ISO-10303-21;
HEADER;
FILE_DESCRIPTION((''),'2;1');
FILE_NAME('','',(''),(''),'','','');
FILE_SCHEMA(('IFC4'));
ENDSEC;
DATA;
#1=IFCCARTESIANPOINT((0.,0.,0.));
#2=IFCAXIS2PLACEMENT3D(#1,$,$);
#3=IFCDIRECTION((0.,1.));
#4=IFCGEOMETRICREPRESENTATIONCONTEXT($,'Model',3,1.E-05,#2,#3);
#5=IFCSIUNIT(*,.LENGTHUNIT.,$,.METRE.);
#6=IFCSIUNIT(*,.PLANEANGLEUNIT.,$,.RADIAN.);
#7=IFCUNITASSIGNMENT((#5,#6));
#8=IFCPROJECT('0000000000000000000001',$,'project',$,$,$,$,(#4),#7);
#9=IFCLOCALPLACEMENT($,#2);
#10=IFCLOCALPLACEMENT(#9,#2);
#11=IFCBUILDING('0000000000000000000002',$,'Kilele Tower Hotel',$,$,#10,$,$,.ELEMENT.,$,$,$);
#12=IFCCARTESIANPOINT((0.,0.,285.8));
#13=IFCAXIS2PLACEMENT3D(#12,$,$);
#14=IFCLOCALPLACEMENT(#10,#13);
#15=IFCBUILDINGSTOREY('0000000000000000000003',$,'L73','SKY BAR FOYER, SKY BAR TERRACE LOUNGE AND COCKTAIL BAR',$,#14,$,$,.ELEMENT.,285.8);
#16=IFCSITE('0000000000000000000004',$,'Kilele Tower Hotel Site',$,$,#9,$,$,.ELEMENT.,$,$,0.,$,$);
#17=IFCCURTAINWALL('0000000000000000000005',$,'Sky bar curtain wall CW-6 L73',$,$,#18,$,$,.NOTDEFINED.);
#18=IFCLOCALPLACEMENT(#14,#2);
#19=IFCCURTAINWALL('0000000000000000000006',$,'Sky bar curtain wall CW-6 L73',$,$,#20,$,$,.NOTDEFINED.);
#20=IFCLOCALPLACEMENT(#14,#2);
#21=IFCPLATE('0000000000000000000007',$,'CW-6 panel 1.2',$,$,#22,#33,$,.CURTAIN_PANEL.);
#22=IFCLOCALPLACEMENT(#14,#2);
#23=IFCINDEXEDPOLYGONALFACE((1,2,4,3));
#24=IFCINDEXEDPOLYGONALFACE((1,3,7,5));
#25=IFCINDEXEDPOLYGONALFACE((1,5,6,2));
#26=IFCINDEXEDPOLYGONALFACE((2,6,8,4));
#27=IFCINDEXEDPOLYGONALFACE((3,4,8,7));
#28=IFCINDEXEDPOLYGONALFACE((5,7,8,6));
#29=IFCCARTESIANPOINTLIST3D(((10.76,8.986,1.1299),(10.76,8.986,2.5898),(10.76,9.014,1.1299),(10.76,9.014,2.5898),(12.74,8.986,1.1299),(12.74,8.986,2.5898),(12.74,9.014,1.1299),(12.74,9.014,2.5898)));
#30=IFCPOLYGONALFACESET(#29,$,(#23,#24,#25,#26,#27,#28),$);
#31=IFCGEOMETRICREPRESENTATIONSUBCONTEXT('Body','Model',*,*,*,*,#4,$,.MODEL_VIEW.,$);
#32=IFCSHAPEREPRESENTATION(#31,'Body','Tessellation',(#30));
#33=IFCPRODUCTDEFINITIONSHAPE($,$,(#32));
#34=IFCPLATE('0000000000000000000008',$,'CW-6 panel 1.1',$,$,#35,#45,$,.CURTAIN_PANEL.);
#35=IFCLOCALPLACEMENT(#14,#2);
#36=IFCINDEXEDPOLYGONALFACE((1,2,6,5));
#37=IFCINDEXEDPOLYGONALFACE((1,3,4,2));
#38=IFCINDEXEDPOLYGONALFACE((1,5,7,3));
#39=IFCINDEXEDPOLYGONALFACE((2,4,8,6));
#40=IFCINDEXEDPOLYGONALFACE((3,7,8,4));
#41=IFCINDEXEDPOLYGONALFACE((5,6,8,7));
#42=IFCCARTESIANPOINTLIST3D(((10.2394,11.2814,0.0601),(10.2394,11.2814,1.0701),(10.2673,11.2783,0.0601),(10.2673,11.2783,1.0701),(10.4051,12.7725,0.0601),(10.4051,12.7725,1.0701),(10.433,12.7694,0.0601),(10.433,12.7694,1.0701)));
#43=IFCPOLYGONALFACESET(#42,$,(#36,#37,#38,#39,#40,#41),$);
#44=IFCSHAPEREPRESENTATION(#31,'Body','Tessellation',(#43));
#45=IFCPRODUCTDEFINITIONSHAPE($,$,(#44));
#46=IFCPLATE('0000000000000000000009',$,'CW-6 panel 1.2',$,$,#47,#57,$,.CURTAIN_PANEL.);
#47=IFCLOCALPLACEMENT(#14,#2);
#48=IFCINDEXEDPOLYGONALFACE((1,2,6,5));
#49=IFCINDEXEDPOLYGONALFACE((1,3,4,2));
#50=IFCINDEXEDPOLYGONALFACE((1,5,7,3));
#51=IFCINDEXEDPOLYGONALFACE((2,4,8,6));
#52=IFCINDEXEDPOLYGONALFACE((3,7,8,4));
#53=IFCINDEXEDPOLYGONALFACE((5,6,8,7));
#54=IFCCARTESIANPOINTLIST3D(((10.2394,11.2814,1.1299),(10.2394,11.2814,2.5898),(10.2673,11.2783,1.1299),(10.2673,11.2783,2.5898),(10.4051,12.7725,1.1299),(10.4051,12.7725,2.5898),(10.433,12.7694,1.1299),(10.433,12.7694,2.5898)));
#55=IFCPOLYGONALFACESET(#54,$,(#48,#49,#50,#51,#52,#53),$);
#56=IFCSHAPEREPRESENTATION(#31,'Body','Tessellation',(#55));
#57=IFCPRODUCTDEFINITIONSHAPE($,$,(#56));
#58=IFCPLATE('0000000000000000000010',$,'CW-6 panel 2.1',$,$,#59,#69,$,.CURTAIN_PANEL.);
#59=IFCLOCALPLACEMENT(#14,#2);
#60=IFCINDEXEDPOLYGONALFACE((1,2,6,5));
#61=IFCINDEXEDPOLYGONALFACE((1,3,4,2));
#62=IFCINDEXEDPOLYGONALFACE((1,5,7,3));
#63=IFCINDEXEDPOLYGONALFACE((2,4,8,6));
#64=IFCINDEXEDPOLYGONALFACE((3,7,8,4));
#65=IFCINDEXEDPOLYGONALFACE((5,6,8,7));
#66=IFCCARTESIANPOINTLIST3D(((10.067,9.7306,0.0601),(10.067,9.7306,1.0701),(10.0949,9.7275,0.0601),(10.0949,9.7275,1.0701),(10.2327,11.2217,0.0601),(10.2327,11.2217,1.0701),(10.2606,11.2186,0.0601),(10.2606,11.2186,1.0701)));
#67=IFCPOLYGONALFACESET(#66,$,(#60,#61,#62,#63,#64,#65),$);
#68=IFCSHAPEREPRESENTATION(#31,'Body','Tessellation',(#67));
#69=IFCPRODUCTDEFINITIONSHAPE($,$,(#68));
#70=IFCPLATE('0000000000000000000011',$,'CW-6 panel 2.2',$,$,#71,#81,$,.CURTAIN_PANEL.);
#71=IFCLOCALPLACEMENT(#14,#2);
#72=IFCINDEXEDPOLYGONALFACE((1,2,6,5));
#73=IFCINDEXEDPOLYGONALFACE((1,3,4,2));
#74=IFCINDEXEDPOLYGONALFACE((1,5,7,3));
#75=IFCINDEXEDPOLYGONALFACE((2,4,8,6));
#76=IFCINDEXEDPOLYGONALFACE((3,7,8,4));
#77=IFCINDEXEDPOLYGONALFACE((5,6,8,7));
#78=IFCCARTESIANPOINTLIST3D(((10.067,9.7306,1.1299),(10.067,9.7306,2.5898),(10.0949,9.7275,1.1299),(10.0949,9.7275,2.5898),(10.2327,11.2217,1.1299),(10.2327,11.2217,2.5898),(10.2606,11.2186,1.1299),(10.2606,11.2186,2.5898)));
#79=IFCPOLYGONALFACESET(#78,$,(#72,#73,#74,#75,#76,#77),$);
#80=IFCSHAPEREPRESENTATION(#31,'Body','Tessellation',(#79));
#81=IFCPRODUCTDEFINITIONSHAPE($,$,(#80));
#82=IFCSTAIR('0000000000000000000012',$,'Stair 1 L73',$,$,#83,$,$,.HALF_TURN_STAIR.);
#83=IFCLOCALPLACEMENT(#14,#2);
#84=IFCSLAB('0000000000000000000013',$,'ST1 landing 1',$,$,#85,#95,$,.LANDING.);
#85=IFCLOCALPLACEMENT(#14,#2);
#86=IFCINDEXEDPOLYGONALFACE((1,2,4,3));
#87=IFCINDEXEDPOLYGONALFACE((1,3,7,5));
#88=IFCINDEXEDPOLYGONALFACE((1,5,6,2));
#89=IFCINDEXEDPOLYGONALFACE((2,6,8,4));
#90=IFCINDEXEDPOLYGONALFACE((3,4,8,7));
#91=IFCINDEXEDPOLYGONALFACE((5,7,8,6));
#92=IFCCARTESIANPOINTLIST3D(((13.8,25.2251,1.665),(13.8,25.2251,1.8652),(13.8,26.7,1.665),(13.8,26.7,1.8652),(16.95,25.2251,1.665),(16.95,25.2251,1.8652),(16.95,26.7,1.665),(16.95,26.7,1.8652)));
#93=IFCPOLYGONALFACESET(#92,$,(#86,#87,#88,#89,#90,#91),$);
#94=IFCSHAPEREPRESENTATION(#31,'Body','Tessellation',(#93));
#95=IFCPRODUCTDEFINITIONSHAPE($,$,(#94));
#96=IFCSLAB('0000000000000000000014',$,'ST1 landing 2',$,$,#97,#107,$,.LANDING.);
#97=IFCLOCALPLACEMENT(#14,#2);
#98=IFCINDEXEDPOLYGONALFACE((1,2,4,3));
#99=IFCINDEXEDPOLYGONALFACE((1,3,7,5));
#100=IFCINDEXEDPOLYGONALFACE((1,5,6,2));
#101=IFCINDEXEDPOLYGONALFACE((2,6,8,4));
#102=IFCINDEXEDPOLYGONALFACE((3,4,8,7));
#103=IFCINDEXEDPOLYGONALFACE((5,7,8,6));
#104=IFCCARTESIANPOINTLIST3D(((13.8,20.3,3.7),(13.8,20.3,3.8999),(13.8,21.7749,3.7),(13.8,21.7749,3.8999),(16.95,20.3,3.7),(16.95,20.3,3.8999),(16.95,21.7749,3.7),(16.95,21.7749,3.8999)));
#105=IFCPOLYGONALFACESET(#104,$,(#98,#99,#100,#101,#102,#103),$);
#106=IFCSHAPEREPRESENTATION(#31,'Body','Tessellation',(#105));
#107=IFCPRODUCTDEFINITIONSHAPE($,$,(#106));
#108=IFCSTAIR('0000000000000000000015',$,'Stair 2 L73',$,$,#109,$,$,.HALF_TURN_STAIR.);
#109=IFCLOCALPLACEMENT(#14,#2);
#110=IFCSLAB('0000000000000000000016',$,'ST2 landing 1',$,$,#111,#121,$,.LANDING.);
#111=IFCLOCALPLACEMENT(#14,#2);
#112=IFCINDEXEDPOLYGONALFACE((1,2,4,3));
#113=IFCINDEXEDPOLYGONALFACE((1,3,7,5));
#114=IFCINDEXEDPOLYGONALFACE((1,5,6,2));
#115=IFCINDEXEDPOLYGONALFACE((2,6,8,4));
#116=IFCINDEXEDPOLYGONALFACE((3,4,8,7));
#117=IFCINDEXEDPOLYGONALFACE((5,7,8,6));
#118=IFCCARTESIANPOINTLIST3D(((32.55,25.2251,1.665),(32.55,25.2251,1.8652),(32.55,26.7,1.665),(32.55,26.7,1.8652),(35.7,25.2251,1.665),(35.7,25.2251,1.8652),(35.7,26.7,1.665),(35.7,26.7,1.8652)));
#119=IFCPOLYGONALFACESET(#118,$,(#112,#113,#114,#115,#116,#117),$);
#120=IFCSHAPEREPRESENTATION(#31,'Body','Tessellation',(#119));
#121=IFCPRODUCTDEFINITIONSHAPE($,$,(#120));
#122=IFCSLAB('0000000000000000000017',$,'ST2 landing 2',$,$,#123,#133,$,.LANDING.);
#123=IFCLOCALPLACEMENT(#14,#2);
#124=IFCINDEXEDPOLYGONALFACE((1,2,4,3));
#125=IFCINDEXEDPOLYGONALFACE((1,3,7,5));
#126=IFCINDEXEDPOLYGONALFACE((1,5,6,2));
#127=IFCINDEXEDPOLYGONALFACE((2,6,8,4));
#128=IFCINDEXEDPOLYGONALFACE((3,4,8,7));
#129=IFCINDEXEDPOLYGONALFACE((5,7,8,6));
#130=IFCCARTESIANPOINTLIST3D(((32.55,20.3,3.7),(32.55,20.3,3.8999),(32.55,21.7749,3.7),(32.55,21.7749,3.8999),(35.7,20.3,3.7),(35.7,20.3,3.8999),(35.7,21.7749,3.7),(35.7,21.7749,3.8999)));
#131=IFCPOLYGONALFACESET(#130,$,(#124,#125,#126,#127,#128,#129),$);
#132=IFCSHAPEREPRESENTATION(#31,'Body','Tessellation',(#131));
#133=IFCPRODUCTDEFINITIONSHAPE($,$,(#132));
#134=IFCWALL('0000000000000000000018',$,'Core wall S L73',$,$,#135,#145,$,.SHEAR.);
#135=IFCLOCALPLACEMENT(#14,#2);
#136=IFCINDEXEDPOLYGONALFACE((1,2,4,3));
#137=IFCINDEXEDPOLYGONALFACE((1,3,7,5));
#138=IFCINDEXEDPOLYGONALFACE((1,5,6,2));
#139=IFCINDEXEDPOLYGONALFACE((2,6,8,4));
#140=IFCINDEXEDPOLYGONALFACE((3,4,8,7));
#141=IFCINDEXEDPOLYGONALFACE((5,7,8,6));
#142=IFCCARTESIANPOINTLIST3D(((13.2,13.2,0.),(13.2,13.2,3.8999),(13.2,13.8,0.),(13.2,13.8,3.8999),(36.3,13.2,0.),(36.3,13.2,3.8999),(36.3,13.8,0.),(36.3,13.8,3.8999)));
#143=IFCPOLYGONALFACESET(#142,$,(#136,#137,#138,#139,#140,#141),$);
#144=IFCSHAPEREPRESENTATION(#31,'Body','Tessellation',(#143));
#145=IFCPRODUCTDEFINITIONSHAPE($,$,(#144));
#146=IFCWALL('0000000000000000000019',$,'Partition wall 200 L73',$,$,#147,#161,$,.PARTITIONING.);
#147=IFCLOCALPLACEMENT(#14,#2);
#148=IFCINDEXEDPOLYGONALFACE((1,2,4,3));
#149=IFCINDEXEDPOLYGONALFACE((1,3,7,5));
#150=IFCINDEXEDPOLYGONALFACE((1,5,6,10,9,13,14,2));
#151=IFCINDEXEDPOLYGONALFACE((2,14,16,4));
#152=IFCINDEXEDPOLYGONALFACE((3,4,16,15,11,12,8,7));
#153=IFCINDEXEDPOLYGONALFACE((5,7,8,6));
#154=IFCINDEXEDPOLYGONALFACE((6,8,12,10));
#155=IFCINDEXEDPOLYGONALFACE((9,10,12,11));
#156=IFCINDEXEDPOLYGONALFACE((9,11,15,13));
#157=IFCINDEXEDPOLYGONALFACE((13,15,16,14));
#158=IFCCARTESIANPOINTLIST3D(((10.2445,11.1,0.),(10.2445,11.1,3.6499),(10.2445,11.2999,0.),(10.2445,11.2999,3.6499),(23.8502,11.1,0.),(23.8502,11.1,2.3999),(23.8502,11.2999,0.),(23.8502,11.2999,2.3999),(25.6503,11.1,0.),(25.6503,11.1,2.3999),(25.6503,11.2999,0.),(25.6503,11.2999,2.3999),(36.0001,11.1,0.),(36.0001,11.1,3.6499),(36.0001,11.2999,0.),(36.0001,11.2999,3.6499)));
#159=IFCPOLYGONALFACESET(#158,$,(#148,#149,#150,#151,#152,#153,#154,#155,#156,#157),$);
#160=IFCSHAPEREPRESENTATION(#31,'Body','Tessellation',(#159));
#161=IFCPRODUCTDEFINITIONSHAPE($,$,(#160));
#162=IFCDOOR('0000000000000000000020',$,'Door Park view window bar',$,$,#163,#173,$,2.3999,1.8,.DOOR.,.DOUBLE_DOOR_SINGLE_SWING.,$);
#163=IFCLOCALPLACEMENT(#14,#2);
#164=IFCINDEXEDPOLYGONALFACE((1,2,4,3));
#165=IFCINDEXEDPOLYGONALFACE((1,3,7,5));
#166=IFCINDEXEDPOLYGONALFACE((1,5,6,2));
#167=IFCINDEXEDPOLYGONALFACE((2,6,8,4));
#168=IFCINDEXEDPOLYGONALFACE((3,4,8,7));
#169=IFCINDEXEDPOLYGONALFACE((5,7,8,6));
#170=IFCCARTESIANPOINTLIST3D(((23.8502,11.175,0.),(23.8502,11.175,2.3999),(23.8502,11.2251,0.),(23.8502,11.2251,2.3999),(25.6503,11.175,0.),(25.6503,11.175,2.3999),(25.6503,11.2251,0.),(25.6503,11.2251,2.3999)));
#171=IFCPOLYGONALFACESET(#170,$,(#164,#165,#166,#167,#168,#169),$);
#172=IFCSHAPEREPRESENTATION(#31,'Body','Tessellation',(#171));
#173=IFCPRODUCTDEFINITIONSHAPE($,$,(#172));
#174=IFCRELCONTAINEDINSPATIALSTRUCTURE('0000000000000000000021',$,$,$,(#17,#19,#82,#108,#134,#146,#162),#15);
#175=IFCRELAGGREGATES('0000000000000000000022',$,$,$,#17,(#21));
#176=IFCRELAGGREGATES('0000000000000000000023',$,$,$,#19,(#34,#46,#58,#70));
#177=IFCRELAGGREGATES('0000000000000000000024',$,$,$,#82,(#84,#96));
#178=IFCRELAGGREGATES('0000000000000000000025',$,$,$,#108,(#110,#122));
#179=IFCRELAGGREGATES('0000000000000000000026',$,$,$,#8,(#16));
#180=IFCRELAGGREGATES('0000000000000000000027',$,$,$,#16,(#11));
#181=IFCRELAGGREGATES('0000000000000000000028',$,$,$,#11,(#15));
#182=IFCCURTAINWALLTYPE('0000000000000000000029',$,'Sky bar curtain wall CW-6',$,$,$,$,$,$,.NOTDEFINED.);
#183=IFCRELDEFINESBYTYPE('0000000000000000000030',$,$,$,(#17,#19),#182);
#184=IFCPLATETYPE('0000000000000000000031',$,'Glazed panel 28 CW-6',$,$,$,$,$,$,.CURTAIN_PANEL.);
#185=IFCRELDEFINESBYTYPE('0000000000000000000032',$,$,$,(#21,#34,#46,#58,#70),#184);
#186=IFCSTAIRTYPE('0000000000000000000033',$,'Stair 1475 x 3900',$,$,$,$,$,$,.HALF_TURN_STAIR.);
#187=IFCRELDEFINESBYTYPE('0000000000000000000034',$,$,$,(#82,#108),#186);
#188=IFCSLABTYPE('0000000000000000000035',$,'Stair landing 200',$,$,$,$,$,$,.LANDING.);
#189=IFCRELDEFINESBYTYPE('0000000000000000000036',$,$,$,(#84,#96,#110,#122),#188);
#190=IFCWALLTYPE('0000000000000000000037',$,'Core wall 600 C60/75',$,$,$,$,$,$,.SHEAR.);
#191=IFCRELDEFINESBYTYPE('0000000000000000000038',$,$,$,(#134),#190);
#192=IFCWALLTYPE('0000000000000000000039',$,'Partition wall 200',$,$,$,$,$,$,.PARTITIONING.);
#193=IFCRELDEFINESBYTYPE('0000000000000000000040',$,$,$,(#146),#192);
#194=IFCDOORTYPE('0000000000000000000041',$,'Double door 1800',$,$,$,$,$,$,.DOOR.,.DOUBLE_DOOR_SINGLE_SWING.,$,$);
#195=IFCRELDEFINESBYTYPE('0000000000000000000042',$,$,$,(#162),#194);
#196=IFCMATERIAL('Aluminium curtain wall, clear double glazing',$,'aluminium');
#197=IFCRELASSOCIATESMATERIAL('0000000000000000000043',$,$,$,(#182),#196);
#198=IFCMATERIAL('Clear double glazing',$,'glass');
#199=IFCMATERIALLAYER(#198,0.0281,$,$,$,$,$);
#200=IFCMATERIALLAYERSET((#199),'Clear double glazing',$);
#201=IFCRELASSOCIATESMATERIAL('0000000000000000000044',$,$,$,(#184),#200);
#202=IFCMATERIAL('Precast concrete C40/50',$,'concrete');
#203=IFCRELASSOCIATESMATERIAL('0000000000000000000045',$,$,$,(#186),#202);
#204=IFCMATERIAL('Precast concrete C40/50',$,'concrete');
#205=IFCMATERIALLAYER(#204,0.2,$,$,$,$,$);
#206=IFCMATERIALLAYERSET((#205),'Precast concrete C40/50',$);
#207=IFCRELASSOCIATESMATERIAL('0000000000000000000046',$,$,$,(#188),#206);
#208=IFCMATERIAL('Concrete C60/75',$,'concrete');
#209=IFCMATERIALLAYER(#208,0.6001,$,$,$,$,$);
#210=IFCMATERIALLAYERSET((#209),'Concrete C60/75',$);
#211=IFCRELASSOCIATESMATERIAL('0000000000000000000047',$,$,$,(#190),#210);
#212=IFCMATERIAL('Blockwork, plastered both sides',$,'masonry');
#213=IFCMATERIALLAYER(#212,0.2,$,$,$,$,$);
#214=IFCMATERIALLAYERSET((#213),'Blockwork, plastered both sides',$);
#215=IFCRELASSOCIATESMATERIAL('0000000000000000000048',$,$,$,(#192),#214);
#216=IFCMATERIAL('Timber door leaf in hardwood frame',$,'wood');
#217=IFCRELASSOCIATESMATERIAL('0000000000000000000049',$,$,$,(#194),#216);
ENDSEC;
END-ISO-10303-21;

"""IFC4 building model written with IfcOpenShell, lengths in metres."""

from ifc_helpers import new_model, si_unit, direction, frame, frame_2d, origin, origin_2d, place, context, subcontext, project, spatial, polyline, rectangle, outline, extrude, material, layer, layer_set, type_object, element, fill, aggregate, save


model = new_model("IFC4")

# Units and contexts
model_context = context("Model", 3, precision=1e-05, world=origin(), true_north=direction((0.0, 1.0)))
body_context = subcontext(model_context, "Body", "Model", "MODEL_VIEW")
ifc_project = project(units=[si_unit("LENGTHUNIT", "METRE"), si_unit("PLANEANGLEUNIT", "RADIAN")], contexts=[model_context])

# Site, building, storey
site_placement = place(None, origin())
site = spatial("IfcSite", under=ifc_project, at=site_placement, Name="Kilele Tower Hotel Site", CompositionType="ELEMENT", RefElevation=0.0)
building_placement = place(site_placement, origin())
building = spatial("IfcBuilding", under=site, at=building_placement, Name="Kilele Tower Hotel", CompositionType="ELEMENT")
storey_placement = place(building_placement, frame((0.0, 0.0, 285.8)))
storey = spatial("IfcBuildingStorey", under=building, at=storey_placement, Name="L73", Description="SKY BAR FOYER, SKY BAR TERRACE LOUNGE AND COCKTAIL BAR", CompositionType="ELEMENT", Elevation=285.8)

# Curtain wall
ifc_material_1 = material(Name="Aluminium curtain wall, clear double glazing", Category="aluminium")
curtain_wall_type = type_object("IfcCurtainWallType", Name="Sky bar curtain wall CW-6", PredefinedType="NOTDEFINED", material=ifc_material_1)
curtain_wall_1_placement = place(storey_placement, origin())
curtain_wall_1 = element("IfcCurtainWall", 1, at=curtain_wall_1_placement, inside=storey, type_object=curtain_wall_type, Name="Sky bar curtain wall CW-6 L73", PredefinedType="NOTDEFINED")

# Curtain wall
curtain_wall_2_placement = place(storey_placement, origin())
curtain_wall_2 = element("IfcCurtainWall", 2, at=curtain_wall_2_placement, inside=storey, type_object=curtain_wall_type, Name="Sky bar curtain wall CW-6 L73", PredefinedType="NOTDEFINED")

# Plates
ifc_material_2 = material(Name="Clear double glazing", Category="glass")
ifc_layer_1 = layer(ifc_material_2, 0.0281)
ifc_layer_set_1 = layer_set([ifc_layer_1], Name="Clear double glazing")
plate_type = type_object("IfcPlateType", Name="Glazed panel 28 CW-6", PredefinedType="CURTAIN_PANEL", material=ifc_layer_set_1)
plate_1_placement = place(storey_placement, frame((11.75, 9.0, 1.1299), z_axis=(0.0, 0.0, 1.0), x_axis=(1.0, 0.0, 0.0)))
plate_1 = element("IfcPlate", 3, at=plate_1_placement, type_object=plate_type, Name="CW-6 panel 1.2", PredefinedType="CURTAIN_PANEL", context=body_context, shape_type="SweptSolid", body=[
    extrude(rectangle(XDim=1.98, YDim=0.0281, at=origin_2d()), origin(), (0.0, 0.0, 1.0), 1.46),
])
aggregate(curtain_wall_1, [plate_1])
plate_2_placement = place(storey_placement, frame((10.3362, 12.0254, 0.0601), z_axis=(0.0, 0.0, 1.0), x_axis=(-0.110432, -0.993884, 0.0)))
plate_2 = element("IfcPlate", 4, at=plate_2_placement, type_object=plate_type, Name="CW-6 panel 1.1", PredefinedType="CURTAIN_PANEL", context=body_context, shape_type="SweptSolid", body=[
    extrude(rectangle(XDim=1.5002, YDim=0.0281, at=origin_2d()), origin(), (0.0, 0.0, 1.0), 1.01),
])
plate_3_placement = place(storey_placement, frame((10.3362, 12.0254, 1.1299), z_axis=(0.0, 0.0, 1.0), x_axis=(-0.110432, -0.993884, 0.0)))
plate_3 = element("IfcPlate", 5, at=plate_3_placement, type_object=plate_type, Name="CW-6 panel 1.2", PredefinedType="CURTAIN_PANEL", context=body_context, shape_type="SweptSolid", body=[
    extrude(rectangle(XDim=1.5002, YDim=0.0281, at=origin_2d()), origin(), (0.0, 0.0, 1.0), 1.46),
])
plate_4_placement = place(storey_placement, frame((10.1638, 10.4746, 0.0601), z_axis=(0.0, 0.0, 1.0), x_axis=(-0.110432, -0.993884, 0.0)))
plate_4 = element("IfcPlate", 6, at=plate_4_placement, type_object=plate_type, Name="CW-6 panel 2.1", PredefinedType="CURTAIN_PANEL", context=body_context, shape_type="SweptSolid", body=[
    extrude(rectangle(XDim=1.5002, YDim=0.0281, at=origin_2d()), origin(), (0.0, 0.0, 1.0), 1.01),
])
plate_5_placement = place(storey_placement, frame((10.1638, 10.4746, 1.1299), z_axis=(0.0, 0.0, 1.0), x_axis=(-0.110432, -0.993884, 0.0)))
plate_5 = element("IfcPlate", 7, at=plate_5_placement, type_object=plate_type, Name="CW-6 panel 2.2", PredefinedType="CURTAIN_PANEL", context=body_context, shape_type="SweptSolid", body=[
    extrude(rectangle(XDim=1.5002, YDim=0.0281, at=origin_2d()), origin(), (0.0, 0.0, 1.0), 1.46),
])
aggregate(curtain_wall_2, [plate_2, plate_3, plate_4, plate_5])

# Stairs, slabs
ifc_material_3 = material(Name="Precast concrete C40/50", Category="concrete")
stair_type = type_object("IfcStairType", Name="Stair 1475 x 3900", PredefinedType="HALF_TURN_STAIR", material=ifc_material_3)
stair_1_placement = place(storey_placement, origin())
stair_1 = element("IfcStair", 8, at=stair_1_placement, inside=storey, type_object=stair_type, Name="Stair 1 L73", PredefinedType="HALF_TURN_STAIR")
ifc_material_4 = material(Name="Precast concrete C40/50", Category="concrete")
ifc_layer_2 = layer(ifc_material_4, 0.2)
ifc_layer_set_2 = layer_set([ifc_layer_2], Name="Precast concrete C40/50")
slab_type_1 = type_object("IfcSlabType", Name="Stair landing 200", PredefinedType="LANDING", material=ifc_layer_set_2)
slab_1_placement = place(storey_placement, frame((0.0, 0.0, 1.665)))
slab_1 = element("IfcSlab", 9, at=slab_1_placement, type_object=slab_type_1, Name="ST1 landing 1", PredefinedType="LANDING", context=body_context, shape_type="SweptSolid", body=[
    extrude(outline(polyline([(13.8, 25.2251), (16.95, 25.2251), (16.95, 26.7), (13.8, 26.7), (13.8, 25.2251)])), origin(), (0.0, 0.0, 1.0), 0.2002),
])
slab_2_placement = place(storey_placement, frame((0.0, 0.0, 3.7)))
slab_2 = element("IfcSlab", 10, at=slab_2_placement, type_object=slab_type_1, Name="ST1 landing 2", PredefinedType="LANDING", context=body_context, shape_type="SweptSolid", body=[
    extrude(outline(polyline([(13.8, 20.3), (16.95, 20.3), (16.95, 21.7749), (13.8, 21.7749), (13.8, 20.3)])), origin(), (0.0, 0.0, 1.0), 0.2),
])
aggregate(stair_1, [slab_1, slab_2])
stair_2_placement = place(storey_placement, origin())
stair_2 = element("IfcStair", 11, at=stair_2_placement, inside=storey, type_object=stair_type, Name="Stair 2 L73", PredefinedType="HALF_TURN_STAIR")
slab_3_placement = place(storey_placement, frame((0.0, 0.0, 1.665)))
slab_3 = element("IfcSlab", 12, at=slab_3_placement, type_object=slab_type_1, Name="ST2 landing 1", PredefinedType="LANDING", context=body_context, shape_type="SweptSolid", body=[
    extrude(outline(polyline([(32.55, 25.2251), (35.7, 25.2251), (35.7, 26.7), (32.55, 26.7), (32.55, 25.2251)])), origin(), (0.0, 0.0, 1.0), 0.2002),
])
slab_4_placement = place(storey_placement, frame((0.0, 0.0, 3.7)))
slab_4 = element("IfcSlab", 13, at=slab_4_placement, type_object=slab_type_1, Name="ST2 landing 2", PredefinedType="LANDING", context=body_context, shape_type="SweptSolid", body=[
    extrude(outline(polyline([(32.55, 20.3), (35.7, 20.3), (35.7, 21.7749), (32.55, 21.7749), (32.55, 20.3)])), origin(), (0.0, 0.0, 1.0), 0.2),
])
aggregate(stair_2, [slab_3, slab_4])

# Wall
ifc_material_5 = material(Name="Concrete C60/75", Category="concrete")
ifc_layer_3 = layer(ifc_material_5, 0.6001)
ifc_layer_set_3 = layer_set([ifc_layer_3], Name="Concrete C60/75")
wall_type_1 = type_object("IfcWallType", Name="Core wall 600 C60/75", PredefinedType="SHEAR", material=ifc_layer_set_3)
wall_1_placement = place(storey_placement, frame((13.2, 13.5, 0.0), z_axis=(0.0, 0.0, 1.0), x_axis=(1.0, 0.0, 0.0)))
element("IfcWall", 14, at=wall_1_placement, inside=storey, type_object=wall_type_1, Name="Core wall S L73", PredefinedType="SHEAR", context=body_context, shape_type="SweptSolid", body=[
    extrude(rectangle(XDim=23.1001, YDim=0.6001, at=frame_2d((11.55, 0.0))), origin(), (0.0, 0.0, 1.0), 3.8999),
])

# Wall, opening, door
ifc_material_6 = material(Name="Blockwork, plastered both sides", Category="masonry")
ifc_layer_4 = layer(ifc_material_6, 0.2)
ifc_layer_set_4 = layer_set([ifc_layer_4], Name="Blockwork, plastered both sides")
wall_type_2 = type_object("IfcWallType", Name="Partition wall 200", PredefinedType="PARTITIONING", material=ifc_layer_set_4)
wall_2_placement = place(storey_placement, frame((10.2444, 11.2, 0.0), z_axis=(0.0, 0.0, 1.0), x_axis=(1.0, 0.0, 0.0)))
wall_2 = element("IfcWall", 15, at=wall_2_placement, inside=storey, type_object=wall_type_2, Name="Partition wall 200 L73", PredefinedType="PARTITIONING", context=body_context, shape_type="SweptSolid", body=[
    extrude(rectangle(XDim=25.7556, YDim=0.2, at=frame_2d((12.8779, 0.0))), origin(), (0.0, 0.0, 1.0), 3.6499),
])
opening_placement = place(wall_2_placement, frame((15.4058, 0.0, 0.0), z_axis=(0.0, 0.0, 1.0), x_axis=(-1.0, 0.0, 0.0)))
opening = element("IfcOpeningElement", 16, at=opening_placement, cuts=wall_2, PredefinedType="OPENING", context=body_context, shape_type="SweptSolid", body=[
    extrude(rectangle(XDim=1.8, YDim=2.3999, at=frame_2d((0.8999, 1.2))), frame((0.0, 0.1099, 0.0), z_axis=(0.0, -1.0, 0.0), x_axis=(1.0, 0.0, 0.0)), (0.0, 0.0, 1.0), 0.22),
])
ifc_material_7 = material(Name="Timber door leaf in hardwood frame", Category="wood")
door_type = type_object("IfcDoorType", Name="Double door 1800", OperationType="DOUBLE_DOOR_SINGLE_SWING", PredefinedType="DOOR", material=ifc_material_7)
door_placement = place(opening_placement, origin())
door = element("IfcDoor", 17, at=door_placement, inside=storey, type_object=door_type, Name="Door Park view window bar", OperationType="DOUBLE_DOOR_SINGLE_SWING", OverallHeight=2.3999, OverallWidth=1.8, PredefinedType="DOOR", context=body_context, shape_type="SweptSolid", body=[
    extrude(rectangle(XDim=1.8, YDim=2.3999, at=frame_2d((0.8999, 1.2))), frame((0.0, 0.0249, 0.0), z_axis=(0.0, -1.0, 0.0), x_axis=(1.0, 0.0, 0.0)), (0.0, 0.0, 1.0), 0.05),
])
fill(opening, door)

save(model, "model.ifc")
